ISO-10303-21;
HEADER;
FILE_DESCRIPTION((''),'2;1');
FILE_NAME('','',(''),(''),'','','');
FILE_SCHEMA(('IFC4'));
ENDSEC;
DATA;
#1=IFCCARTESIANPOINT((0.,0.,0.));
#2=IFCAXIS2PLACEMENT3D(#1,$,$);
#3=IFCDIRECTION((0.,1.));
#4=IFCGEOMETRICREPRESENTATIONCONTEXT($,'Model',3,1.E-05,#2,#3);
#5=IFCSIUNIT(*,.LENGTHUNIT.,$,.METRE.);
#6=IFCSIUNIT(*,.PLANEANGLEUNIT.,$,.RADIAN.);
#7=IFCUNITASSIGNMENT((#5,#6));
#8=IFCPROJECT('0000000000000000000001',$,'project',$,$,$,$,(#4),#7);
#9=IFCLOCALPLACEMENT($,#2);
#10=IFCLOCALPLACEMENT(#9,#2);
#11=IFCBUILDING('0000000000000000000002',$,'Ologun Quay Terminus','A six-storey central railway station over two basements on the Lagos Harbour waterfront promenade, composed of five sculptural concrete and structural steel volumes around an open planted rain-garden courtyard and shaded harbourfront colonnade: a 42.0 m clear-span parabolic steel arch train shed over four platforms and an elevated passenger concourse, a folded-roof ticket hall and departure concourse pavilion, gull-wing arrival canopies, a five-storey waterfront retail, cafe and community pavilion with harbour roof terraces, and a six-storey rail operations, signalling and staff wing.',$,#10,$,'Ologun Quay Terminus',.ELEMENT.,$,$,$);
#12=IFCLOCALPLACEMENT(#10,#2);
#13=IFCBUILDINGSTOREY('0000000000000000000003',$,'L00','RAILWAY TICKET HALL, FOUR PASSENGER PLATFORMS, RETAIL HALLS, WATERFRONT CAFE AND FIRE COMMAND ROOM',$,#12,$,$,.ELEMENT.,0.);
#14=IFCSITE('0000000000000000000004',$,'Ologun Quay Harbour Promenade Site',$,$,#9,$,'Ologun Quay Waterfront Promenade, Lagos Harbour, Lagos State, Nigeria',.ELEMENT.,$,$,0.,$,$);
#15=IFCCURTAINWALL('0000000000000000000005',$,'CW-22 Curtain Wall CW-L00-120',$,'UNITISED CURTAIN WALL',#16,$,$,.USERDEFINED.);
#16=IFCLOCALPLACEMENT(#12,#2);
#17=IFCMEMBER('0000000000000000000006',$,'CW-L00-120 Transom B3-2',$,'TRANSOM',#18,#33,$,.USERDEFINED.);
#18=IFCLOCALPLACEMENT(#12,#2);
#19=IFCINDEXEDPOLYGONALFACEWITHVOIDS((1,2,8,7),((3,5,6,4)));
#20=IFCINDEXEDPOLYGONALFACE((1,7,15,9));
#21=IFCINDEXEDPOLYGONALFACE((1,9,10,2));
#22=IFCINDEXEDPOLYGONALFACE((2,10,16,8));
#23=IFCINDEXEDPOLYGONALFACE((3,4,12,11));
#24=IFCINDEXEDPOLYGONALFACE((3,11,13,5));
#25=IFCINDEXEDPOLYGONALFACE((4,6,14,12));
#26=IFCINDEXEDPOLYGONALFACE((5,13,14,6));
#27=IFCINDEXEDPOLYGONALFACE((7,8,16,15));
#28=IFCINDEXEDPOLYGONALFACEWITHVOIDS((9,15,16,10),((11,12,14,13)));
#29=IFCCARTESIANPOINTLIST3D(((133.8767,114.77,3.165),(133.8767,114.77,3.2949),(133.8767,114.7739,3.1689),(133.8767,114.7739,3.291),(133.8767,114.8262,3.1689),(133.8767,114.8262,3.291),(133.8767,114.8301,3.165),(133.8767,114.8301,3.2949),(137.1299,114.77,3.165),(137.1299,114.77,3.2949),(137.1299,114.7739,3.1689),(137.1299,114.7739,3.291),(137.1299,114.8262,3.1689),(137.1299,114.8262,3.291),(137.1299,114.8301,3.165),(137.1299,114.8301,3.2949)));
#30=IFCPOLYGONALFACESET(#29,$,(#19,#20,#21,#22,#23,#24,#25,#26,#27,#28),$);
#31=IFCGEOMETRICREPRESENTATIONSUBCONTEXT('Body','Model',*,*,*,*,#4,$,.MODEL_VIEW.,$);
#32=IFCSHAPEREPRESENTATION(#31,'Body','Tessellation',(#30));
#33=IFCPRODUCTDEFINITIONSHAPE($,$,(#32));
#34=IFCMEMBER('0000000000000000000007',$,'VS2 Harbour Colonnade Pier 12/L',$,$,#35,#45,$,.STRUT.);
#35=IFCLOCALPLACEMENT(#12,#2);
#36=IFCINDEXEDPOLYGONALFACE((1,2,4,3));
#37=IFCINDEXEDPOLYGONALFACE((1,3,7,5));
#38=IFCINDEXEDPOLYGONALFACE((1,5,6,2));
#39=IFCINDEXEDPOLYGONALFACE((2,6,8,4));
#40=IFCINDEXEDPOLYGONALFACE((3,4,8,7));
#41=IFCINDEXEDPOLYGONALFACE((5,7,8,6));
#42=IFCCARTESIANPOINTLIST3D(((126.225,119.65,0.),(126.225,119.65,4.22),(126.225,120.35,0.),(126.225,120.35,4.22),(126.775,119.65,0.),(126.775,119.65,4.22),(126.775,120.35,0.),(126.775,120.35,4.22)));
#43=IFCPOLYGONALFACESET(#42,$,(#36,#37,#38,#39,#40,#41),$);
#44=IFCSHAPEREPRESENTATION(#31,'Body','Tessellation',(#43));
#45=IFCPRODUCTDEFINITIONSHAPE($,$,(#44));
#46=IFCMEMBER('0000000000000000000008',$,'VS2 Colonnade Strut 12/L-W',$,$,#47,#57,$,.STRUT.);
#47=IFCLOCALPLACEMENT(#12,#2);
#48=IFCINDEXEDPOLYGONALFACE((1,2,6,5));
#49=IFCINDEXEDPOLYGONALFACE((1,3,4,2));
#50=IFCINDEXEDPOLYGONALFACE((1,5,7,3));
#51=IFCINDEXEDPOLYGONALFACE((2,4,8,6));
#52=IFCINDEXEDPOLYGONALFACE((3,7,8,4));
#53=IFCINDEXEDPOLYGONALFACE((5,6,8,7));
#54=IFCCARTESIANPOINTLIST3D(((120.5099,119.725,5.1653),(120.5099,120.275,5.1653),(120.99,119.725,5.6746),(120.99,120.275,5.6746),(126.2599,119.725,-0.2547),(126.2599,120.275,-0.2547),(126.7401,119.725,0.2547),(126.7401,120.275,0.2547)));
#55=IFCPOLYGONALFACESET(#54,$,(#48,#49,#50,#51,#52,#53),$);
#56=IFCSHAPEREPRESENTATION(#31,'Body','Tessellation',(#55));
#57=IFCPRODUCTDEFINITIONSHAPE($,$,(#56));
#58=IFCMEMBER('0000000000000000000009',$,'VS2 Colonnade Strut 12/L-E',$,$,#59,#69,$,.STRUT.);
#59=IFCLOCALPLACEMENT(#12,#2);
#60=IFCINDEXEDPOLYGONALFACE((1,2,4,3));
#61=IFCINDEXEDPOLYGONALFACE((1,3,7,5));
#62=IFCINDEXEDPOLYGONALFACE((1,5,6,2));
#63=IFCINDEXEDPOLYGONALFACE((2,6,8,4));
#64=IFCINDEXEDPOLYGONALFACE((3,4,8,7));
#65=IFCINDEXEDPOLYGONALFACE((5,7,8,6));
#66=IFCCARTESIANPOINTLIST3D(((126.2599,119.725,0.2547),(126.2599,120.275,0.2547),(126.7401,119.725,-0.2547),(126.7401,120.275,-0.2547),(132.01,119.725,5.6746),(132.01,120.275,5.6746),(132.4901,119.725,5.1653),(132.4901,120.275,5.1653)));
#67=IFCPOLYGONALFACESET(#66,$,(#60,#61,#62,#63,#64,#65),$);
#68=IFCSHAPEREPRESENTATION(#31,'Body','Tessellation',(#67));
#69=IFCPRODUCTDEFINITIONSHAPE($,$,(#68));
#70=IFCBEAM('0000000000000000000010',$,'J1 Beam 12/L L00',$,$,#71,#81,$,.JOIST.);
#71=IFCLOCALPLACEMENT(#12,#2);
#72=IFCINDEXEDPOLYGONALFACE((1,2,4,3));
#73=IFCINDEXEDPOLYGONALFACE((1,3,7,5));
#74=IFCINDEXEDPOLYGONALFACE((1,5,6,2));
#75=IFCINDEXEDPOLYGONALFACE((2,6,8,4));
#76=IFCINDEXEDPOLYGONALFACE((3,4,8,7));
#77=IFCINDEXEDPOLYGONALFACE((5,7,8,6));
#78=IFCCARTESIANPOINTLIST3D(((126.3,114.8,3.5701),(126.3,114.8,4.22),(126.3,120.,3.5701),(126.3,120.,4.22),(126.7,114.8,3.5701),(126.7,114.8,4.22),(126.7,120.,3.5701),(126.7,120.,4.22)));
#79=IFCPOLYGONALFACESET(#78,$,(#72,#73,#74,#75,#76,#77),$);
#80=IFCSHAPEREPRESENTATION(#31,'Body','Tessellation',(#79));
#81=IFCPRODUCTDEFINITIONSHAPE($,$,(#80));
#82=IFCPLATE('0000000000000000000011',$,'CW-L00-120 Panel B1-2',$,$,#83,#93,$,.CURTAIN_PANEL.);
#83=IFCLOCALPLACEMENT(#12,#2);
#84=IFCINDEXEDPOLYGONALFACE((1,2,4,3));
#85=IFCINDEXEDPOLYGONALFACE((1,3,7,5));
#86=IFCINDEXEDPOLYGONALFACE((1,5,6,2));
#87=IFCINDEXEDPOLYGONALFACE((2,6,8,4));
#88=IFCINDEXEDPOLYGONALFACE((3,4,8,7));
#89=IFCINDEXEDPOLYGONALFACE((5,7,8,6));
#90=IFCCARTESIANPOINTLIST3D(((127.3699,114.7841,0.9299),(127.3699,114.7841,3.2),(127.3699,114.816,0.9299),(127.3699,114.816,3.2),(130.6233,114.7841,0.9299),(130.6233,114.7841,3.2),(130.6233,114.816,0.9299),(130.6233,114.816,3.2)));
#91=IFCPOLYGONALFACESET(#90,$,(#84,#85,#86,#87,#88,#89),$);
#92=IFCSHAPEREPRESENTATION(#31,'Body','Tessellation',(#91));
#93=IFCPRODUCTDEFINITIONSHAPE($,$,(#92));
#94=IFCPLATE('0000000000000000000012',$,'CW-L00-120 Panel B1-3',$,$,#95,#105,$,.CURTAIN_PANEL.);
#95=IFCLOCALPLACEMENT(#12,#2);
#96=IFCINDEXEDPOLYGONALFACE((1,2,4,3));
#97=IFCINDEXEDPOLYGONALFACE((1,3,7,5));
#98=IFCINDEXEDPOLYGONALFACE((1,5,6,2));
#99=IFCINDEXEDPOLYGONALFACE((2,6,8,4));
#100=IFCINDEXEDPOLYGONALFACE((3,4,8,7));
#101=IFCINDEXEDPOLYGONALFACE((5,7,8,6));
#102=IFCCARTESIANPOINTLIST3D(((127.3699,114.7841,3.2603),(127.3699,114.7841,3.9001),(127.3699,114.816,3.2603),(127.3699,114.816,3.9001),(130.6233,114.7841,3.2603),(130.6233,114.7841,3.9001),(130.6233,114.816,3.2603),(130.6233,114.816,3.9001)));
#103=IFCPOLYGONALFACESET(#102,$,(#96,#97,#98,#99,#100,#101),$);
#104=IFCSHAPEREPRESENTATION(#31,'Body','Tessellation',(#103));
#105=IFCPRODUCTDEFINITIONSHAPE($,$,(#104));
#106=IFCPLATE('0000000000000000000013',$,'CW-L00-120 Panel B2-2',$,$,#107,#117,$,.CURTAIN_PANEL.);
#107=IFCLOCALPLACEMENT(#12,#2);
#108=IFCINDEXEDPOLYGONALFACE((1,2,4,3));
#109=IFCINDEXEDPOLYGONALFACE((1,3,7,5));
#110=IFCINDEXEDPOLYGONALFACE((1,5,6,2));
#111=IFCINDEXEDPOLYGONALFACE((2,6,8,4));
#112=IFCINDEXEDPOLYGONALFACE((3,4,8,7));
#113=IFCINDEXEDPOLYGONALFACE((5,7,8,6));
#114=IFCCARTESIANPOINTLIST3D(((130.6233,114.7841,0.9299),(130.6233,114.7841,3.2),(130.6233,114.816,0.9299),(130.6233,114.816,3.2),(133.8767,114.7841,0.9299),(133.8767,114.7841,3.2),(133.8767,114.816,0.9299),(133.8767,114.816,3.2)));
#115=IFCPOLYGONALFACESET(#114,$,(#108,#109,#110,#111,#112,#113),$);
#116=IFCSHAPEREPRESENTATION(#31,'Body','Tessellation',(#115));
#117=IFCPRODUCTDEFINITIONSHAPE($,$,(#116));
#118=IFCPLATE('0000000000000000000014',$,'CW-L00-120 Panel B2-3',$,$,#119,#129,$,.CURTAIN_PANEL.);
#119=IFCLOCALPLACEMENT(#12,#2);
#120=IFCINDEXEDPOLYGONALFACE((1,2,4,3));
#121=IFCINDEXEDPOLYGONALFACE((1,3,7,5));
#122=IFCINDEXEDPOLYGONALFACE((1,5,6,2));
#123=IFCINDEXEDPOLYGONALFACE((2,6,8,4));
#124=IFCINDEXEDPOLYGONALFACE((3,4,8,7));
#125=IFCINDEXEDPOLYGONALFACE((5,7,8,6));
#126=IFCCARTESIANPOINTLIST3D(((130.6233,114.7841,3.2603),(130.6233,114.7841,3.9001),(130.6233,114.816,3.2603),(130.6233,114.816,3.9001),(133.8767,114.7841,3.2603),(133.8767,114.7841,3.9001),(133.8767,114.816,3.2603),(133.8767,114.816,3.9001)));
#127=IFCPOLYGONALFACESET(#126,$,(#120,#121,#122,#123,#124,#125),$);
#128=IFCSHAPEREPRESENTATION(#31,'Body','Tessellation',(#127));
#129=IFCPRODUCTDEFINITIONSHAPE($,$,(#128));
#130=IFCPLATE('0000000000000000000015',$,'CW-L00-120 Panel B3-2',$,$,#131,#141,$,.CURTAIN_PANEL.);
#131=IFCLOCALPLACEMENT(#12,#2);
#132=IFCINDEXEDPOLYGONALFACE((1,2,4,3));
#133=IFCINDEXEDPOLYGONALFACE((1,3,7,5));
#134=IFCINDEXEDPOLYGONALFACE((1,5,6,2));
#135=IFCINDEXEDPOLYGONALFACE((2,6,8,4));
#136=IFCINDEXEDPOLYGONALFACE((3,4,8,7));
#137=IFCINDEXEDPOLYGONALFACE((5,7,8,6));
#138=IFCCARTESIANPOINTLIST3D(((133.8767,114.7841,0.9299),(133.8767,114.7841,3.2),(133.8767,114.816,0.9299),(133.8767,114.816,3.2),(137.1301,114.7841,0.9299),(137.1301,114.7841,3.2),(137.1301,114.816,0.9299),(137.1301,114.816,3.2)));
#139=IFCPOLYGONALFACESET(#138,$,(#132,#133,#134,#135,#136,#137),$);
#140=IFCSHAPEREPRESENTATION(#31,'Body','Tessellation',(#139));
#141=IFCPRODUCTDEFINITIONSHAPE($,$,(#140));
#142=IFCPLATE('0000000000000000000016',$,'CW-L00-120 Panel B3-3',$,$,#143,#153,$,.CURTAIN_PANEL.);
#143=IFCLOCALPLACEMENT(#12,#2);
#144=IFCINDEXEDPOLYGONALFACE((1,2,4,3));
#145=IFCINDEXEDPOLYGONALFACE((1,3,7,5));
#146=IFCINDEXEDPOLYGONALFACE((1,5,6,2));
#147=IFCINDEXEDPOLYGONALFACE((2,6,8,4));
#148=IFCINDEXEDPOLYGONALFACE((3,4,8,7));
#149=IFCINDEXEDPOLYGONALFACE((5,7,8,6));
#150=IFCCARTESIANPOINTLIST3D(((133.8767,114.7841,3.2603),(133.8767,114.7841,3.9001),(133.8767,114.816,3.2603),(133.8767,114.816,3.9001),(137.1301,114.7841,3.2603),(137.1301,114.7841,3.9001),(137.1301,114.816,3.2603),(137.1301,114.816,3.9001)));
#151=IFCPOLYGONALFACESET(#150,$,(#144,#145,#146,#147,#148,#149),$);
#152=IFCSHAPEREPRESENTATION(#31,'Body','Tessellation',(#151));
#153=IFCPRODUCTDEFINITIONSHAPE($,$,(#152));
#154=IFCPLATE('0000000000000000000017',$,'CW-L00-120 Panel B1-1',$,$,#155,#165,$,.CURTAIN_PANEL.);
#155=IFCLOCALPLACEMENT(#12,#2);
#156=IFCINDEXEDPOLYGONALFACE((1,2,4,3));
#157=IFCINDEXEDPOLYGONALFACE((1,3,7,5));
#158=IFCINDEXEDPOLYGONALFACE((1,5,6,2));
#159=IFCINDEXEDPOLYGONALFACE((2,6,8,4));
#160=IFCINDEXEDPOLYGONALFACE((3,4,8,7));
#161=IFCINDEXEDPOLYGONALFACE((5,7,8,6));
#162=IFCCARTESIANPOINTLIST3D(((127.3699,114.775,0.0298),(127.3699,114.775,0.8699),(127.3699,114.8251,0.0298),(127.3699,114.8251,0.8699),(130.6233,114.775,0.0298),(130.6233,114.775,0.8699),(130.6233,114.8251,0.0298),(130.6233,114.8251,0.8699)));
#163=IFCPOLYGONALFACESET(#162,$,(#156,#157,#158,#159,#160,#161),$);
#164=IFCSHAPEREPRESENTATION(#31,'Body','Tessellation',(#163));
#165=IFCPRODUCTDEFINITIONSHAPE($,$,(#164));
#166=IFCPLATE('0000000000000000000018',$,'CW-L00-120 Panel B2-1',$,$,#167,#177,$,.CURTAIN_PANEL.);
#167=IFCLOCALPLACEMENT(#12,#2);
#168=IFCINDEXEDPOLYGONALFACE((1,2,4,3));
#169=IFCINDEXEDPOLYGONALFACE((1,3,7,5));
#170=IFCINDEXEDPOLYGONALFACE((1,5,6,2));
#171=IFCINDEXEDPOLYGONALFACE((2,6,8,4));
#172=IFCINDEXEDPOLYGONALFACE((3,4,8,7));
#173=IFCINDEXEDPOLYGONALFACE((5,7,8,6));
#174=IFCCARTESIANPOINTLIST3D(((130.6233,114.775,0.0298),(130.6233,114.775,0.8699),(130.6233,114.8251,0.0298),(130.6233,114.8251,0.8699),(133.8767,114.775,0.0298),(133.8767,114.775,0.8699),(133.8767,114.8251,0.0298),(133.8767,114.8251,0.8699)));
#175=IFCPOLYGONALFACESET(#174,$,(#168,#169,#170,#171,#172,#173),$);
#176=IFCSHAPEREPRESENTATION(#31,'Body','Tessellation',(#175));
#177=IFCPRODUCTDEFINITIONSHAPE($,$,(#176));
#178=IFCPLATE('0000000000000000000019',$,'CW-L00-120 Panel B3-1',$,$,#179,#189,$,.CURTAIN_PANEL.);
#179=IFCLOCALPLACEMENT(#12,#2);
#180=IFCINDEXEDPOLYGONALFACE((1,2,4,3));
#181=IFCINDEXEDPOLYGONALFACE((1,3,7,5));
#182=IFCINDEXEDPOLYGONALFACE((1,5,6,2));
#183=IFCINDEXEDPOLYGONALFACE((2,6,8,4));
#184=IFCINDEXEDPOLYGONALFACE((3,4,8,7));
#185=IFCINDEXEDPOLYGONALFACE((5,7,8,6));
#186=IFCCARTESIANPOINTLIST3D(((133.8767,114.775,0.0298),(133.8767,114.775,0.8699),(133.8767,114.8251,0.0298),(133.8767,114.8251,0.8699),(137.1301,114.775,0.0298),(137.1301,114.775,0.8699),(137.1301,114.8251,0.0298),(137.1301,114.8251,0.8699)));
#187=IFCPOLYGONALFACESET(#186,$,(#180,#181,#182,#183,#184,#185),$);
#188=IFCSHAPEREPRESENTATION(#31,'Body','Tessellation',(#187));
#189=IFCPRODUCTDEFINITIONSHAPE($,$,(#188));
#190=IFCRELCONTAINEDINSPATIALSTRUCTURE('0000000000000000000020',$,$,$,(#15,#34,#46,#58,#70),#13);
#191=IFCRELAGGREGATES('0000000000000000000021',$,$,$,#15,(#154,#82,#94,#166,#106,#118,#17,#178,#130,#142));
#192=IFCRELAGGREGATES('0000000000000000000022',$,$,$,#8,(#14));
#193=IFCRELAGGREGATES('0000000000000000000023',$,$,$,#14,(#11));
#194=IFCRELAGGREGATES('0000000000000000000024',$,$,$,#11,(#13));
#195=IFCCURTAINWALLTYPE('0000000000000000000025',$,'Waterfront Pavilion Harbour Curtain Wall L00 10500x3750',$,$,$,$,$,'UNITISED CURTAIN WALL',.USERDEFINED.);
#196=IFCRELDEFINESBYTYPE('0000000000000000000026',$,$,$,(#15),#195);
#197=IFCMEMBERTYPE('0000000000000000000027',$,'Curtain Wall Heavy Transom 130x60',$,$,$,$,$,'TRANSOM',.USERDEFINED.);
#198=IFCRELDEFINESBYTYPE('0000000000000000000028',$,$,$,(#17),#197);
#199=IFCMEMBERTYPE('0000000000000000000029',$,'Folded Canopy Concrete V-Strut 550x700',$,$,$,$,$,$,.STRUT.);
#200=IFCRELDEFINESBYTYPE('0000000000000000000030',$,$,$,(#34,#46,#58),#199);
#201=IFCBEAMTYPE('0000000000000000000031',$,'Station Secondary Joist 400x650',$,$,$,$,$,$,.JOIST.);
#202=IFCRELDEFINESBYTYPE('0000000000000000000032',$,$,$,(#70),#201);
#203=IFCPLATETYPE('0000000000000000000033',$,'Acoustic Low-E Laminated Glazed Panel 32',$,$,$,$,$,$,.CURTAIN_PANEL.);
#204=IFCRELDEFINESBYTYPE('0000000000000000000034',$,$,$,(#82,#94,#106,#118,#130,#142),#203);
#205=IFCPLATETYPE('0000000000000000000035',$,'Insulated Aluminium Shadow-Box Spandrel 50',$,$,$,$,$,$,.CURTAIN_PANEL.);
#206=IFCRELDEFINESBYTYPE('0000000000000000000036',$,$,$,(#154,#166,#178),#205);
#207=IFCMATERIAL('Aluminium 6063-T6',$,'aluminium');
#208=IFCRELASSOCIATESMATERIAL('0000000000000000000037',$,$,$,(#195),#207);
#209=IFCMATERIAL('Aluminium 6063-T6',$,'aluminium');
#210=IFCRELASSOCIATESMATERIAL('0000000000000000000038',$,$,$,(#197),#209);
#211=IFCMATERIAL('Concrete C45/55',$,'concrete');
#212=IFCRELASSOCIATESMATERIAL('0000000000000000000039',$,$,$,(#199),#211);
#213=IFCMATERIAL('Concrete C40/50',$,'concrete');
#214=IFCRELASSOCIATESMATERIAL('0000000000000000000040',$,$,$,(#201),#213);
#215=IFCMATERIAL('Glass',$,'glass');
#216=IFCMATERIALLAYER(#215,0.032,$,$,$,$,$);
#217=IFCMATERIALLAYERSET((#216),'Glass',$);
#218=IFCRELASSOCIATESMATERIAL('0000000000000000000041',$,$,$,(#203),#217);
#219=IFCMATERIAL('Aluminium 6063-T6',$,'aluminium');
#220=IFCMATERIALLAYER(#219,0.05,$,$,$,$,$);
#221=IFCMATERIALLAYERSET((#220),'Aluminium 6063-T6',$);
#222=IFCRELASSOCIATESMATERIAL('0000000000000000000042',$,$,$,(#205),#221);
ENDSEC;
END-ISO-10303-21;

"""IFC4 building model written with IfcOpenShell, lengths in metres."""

from ifc_helpers import new_model, si_unit, direction, frame, origin, origin_2d, place, context, subcontext, project, spatial, rectangle, hollow_rectangle, extrude, material, layer, layer_set, material_profile, profile_set, type_object, element, aggregate, save


model = new_model("IFC4")

# Units and contexts
model_context = context("Model", 3, precision=1e-05, world=origin(), true_north=direction((0.0, 1.0)))
body_context = subcontext(model_context, "Body", "Model", "MODEL_VIEW")
ifc_project = project(units=[si_unit("LENGTHUNIT", "METRE"), si_unit("PLANEANGLEUNIT", "RADIAN")], contexts=[model_context])

# Site, building, storey
site_placement = place(None, origin())
site = spatial("IfcSite", under=ifc_project, at=site_placement, Name="Ologun Quay Harbour Promenade Site", LongName="Ologun Quay Waterfront Promenade, Lagos Harbour, Lagos State, Nigeria", CompositionType="ELEMENT", RefElevation=0.0)
building_placement = place(site_placement, origin())
building = spatial("IfcBuilding", under=site, at=building_placement, Name="Ologun Quay Terminus", Description="A six-storey central railway station over two basements on the Lagos Harbour waterfront promenade, composed of five sculptural concrete and structural steel volumes around an open planted rain-garden courtyard and shaded harbourfront colonnade: a 42.0 m clear-span parabolic steel arch train shed over four platforms and an elevated passenger concourse, a folded-roof ticket hall and departure concourse pavilion, gull-wing arrival canopies, a five-storey waterfront retail, cafe and community pavilion with harbour roof terraces, and a six-storey rail operations, signalling and staff wing.", LongName="Ologun Quay Terminus", CompositionType="ELEMENT")
storey_placement = place(building_placement, origin())
storey = spatial("IfcBuildingStorey", under=building, at=storey_placement, Name="L00", Description="RAILWAY TICKET HALL, FOUR PASSENGER PLATFORMS, RETAIL HALLS, WATERFRONT CAFE AND FIRE COMMAND ROOM", CompositionType="ELEMENT", Elevation=0.0)

# Curtain wall, member
ifc_material_1 = material(Name="Aluminium 6063-T6", Category="aluminium")
curtain_wall_type = type_object("IfcCurtainWallType", Name="Waterfront Pavilion Harbour Curtain Wall L00 10500x3750", ElementType="UNITISED CURTAIN WALL", PredefinedType="USERDEFINED", material=ifc_material_1)
curtain_wall_placement = place(storey_placement, origin())
curtain_wall = element("IfcCurtainWall", 1, at=curtain_wall_placement, inside=storey, type_object=curtain_wall_type, Name="CW-22 Curtain Wall CW-L00-120", ObjectType="UNITISED CURTAIN WALL", PredefinedType="USERDEFINED")
ifc_material_2 = material(Name="Aluminium 6063-T6", Category="aluminium")
ifc_material_profile_1 = material_profile(ifc_material_2, hollow_rectangle(XDim=0.0601, YDim=0.1299, WallThickness=0.0039, at=origin_2d()), Name="ALU 130x60x4")
ifc_profile_set_1 = profile_set([ifc_material_profile_1], Name="Aluminium 6063-T6")
member_type_1 = type_object("IfcMemberType", Name="Curtain Wall Heavy Transom 130x60", ElementType="TRANSOM", PredefinedType="USERDEFINED", material=ifc_profile_set_1)
member_1_placement = place(storey_placement, frame((133.8767, 114.8, 3.23), z_axis=(1.0, 0.0, 0.0), x_axis=(0.0, 1.0, 0.0)))
member_1 = element("IfcMember", 2, at=member_1_placement, type_object=member_type_1, Name="CW-L00-120 Transom B3-2", ObjectType="TRANSOM", PredefinedType="USERDEFINED", context=body_context, shape_type="SweptSolid", body=[
    extrude(hollow_rectangle(XDim=0.0601, YDim=0.1299, WallThickness=0.0039, at=origin_2d()), origin(), (0.0, 0.0, 1.0), 3.2532),
])

# Members
ifc_material_3 = material(Name="Concrete C45/55", Category="concrete")
ifc_material_profile_2 = material_profile(ifc_material_3, rectangle(XDim=0.55, YDim=0.7, at=origin_2d()), Name="RC 550x700")
ifc_profile_set_2 = profile_set([ifc_material_profile_2], Name="Concrete C45/55")
member_type_2 = type_object("IfcMemberType", Name="Folded Canopy Concrete V-Strut 550x700", PredefinedType="STRUT", material=ifc_profile_set_2)
member_2_placement = place(storey_placement, frame((126.5, 120.0, 0.0), z_axis=(0.0, 0.0, 1.0), x_axis=(1.0, 0.0, 0.0)))
element("IfcMember", 3, at=member_2_placement, inside=storey, type_object=member_type_2, Name="VS2 Harbour Colonnade Pier 12/L", PredefinedType="STRUT", context=body_context, shape_type="SweptSolid", body=[
    extrude(rectangle(XDim=0.55, YDim=0.7, at=origin_2d()), origin(), (0.0, 0.0, 1.0), 4.22),
])
for number, where, z_axis, x_axis, name in (
    (4, (126.5, 120.0, 0.0), (-0.727685, 0.0, 0.685912), (0.0, -1.0, 0.0), "VS2 Colonnade Strut 12/L-W"),
    (5, (126.5, 120.0, 0.0), (0.727685, 0.0, 0.685912), (0.0, 1.0, 0.0), "VS2 Colonnade Strut 12/L-E"),
):
    element("IfcMember", number, at=place(storey_placement, frame(where, z_axis=z_axis, x_axis=x_axis)), inside=storey, type_object=member_type_2, Name=name, PredefinedType="STRUT", context=body_context, shape_type="SweptSolid", body=[
        extrude(rectangle(XDim=0.55, YDim=0.7, at=origin_2d()), origin(), (0.0, 0.0, 1.0), 7.9019),
    ])

# Beam
ifc_material_4 = material(Name="Concrete C40/50", Category="concrete")
ifc_material_profile_3 = material_profile(ifc_material_4, rectangle(XDim=0.3999, YDim=0.6499, at=origin_2d()), Name="RC 400x650")
ifc_profile_set_3 = profile_set([ifc_material_profile_3], Name="Concrete C40/50")
beam_type_1 = type_object("IfcBeamType", Name="Station Secondary Joist 400x650", PredefinedType="JOIST", material=ifc_profile_set_3)
beam_1_placement = place(storey_placement, frame((126.5, 114.8, 3.895), z_axis=(0.0, 1.0, 0.0), x_axis=(-1.0, 0.0, 0.0)))
element("IfcBeam", 6, at=beam_1_placement, inside=storey, type_object=beam_type_1, Name="J1 Beam 12/L L00", PredefinedType="JOIST", context=body_context, shape_type="SweptSolid", body=[
    extrude(rectangle(XDim=0.3999, YDim=0.6499, at=origin_2d()), origin(), (0.0, 0.0, 1.0), 5.2),
])

# Plates
ifc_material_5 = material(Name="Glass", Category="glass")
ifc_layer_1 = layer(ifc_material_5, 0.032)
ifc_layer_set_1 = layer_set([ifc_layer_1], Name="Glass")
plate_type_1 = type_object("IfcPlateType", Name="Acoustic Low-E Laminated Glazed Panel 32", PredefinedType="CURTAIN_PANEL", material=ifc_layer_set_1)
plate_1_placement = place(storey_placement, frame((128.9966, 114.8, 0.9299), z_axis=(0.0, 0.0, 1.0), x_axis=(1.0, 0.0, 0.0)))
plate_1 = element("IfcPlate", 7, at=plate_1_placement, type_object=plate_type_1, Name="CW-L00-120 Panel B1-2", PredefinedType="CURTAIN_PANEL", context=body_context, shape_type="SweptSolid", body=[
    extrude(rectangle(XDim=3.2534, YDim=0.032, at=origin_2d()), origin(), (0.0, 0.0, 1.0), 2.27),
])
plate_2_placement = place(storey_placement, frame((128.9966, 114.8, 3.2603), z_axis=(0.0, 0.0, 1.0), x_axis=(1.0, 0.0, 0.0)))
plate_2 = element("IfcPlate", 8, at=plate_2_placement, type_object=plate_type_1, Name="CW-L00-120 Panel B1-3", PredefinedType="CURTAIN_PANEL", context=body_context, shape_type="SweptSolid", body=[
    extrude(rectangle(XDim=3.2534, YDim=0.032, at=origin_2d()), origin(), (0.0, 0.0, 1.0), 0.6399),
])
plate_3_placement = place(storey_placement, frame((132.25, 114.8, 0.9299), z_axis=(0.0, 0.0, 1.0), x_axis=(1.0, 0.0, 0.0)))
plate_3 = element("IfcPlate", 9, at=plate_3_placement, type_object=plate_type_1, Name="CW-L00-120 Panel B2-2", PredefinedType="CURTAIN_PANEL", context=body_context, shape_type="SweptSolid", body=[
    extrude(rectangle(XDim=3.2534, YDim=0.032, at=origin_2d()), origin(), (0.0, 0.0, 1.0), 2.27),
])
plate_4_placement = place(storey_placement, frame((132.25, 114.8, 3.2603), z_axis=(0.0, 0.0, 1.0), x_axis=(1.0, 0.0, 0.0)))
plate_4 = element("IfcPlate", 10, at=plate_4_placement, type_object=plate_type_1, Name="CW-L00-120 Panel B2-3", PredefinedType="CURTAIN_PANEL", context=body_context, shape_type="SweptSolid", body=[
    extrude(rectangle(XDim=3.2534, YDim=0.032, at=origin_2d()), origin(), (0.0, 0.0, 1.0), 0.6399),
])
plate_5_placement = place(storey_placement, frame((135.5034, 114.8, 0.9299), z_axis=(0.0, 0.0, 1.0), x_axis=(1.0, 0.0, 0.0)))
plate_5 = element("IfcPlate", 11, at=plate_5_placement, type_object=plate_type_1, Name="CW-L00-120 Panel B3-2", PredefinedType="CURTAIN_PANEL", context=body_context, shape_type="SweptSolid", body=[
    extrude(rectangle(XDim=3.2534, YDim=0.032, at=origin_2d()), origin(), (0.0, 0.0, 1.0), 2.27),
])
plate_6_placement = place(storey_placement, frame((135.5034, 114.8, 3.2603), z_axis=(0.0, 0.0, 1.0), x_axis=(1.0, 0.0, 0.0)))
plate_6 = element("IfcPlate", 12, at=plate_6_placement, type_object=plate_type_1, Name="CW-L00-120 Panel B3-3", PredefinedType="CURTAIN_PANEL", context=body_context, shape_type="SweptSolid", body=[
    extrude(rectangle(XDim=3.2534, YDim=0.032, at=origin_2d()), origin(), (0.0, 0.0, 1.0), 0.6399),
])
ifc_material_6 = material(Name="Aluminium 6063-T6", Category="aluminium")
ifc_layer_2 = layer(ifc_material_6, 0.05)
ifc_layer_set_2 = layer_set([ifc_layer_2], Name="Aluminium 6063-T6")
plate_type_2 = type_object("IfcPlateType", Name="Insulated Aluminium Shadow-Box Spandrel 50", PredefinedType="CURTAIN_PANEL", material=ifc_layer_set_2)
plate_7_placement = place(storey_placement, frame((128.9966, 114.8, 0.0298), z_axis=(0.0, 0.0, 1.0), x_axis=(1.0, 0.0, 0.0)))
plate_7 = element("IfcPlate", 13, at=plate_7_placement, type_object=plate_type_2, Name="CW-L00-120 Panel B1-1", PredefinedType="CURTAIN_PANEL", context=body_context, shape_type="SweptSolid", body=[
    extrude(rectangle(XDim=3.2534, YDim=0.05, at=origin_2d()), origin(), (0.0, 0.0, 1.0), 0.8401),
])
plate_8_placement = place(storey_placement, frame((132.25, 114.8, 0.0298), z_axis=(0.0, 0.0, 1.0), x_axis=(1.0, 0.0, 0.0)))
plate_8 = element("IfcPlate", 14, at=plate_8_placement, type_object=plate_type_2, Name="CW-L00-120 Panel B2-1", PredefinedType="CURTAIN_PANEL", context=body_context, shape_type="SweptSolid", body=[
    extrude(rectangle(XDim=3.2534, YDim=0.05, at=origin_2d()), origin(), (0.0, 0.0, 1.0), 0.8401),
])
plate_9_placement = place(storey_placement, frame((135.5034, 114.8, 0.0298), z_axis=(0.0, 0.0, 1.0), x_axis=(1.0, 0.0, 0.0)))
plate_9 = element("IfcPlate", 15, at=plate_9_placement, type_object=plate_type_2, Name="CW-L00-120 Panel B3-1", PredefinedType="CURTAIN_PANEL", context=body_context, shape_type="SweptSolid", body=[
    extrude(rectangle(XDim=3.2534, YDim=0.05, at=origin_2d()), origin(), (0.0, 0.0, 1.0), 0.8401),
])
aggregate(curtain_wall, [plate_7, plate_1, plate_2, plate_8, plate_3, plate_4, member_1, plate_9, plate_5, plate_6])

save(model, "model.ifc")
